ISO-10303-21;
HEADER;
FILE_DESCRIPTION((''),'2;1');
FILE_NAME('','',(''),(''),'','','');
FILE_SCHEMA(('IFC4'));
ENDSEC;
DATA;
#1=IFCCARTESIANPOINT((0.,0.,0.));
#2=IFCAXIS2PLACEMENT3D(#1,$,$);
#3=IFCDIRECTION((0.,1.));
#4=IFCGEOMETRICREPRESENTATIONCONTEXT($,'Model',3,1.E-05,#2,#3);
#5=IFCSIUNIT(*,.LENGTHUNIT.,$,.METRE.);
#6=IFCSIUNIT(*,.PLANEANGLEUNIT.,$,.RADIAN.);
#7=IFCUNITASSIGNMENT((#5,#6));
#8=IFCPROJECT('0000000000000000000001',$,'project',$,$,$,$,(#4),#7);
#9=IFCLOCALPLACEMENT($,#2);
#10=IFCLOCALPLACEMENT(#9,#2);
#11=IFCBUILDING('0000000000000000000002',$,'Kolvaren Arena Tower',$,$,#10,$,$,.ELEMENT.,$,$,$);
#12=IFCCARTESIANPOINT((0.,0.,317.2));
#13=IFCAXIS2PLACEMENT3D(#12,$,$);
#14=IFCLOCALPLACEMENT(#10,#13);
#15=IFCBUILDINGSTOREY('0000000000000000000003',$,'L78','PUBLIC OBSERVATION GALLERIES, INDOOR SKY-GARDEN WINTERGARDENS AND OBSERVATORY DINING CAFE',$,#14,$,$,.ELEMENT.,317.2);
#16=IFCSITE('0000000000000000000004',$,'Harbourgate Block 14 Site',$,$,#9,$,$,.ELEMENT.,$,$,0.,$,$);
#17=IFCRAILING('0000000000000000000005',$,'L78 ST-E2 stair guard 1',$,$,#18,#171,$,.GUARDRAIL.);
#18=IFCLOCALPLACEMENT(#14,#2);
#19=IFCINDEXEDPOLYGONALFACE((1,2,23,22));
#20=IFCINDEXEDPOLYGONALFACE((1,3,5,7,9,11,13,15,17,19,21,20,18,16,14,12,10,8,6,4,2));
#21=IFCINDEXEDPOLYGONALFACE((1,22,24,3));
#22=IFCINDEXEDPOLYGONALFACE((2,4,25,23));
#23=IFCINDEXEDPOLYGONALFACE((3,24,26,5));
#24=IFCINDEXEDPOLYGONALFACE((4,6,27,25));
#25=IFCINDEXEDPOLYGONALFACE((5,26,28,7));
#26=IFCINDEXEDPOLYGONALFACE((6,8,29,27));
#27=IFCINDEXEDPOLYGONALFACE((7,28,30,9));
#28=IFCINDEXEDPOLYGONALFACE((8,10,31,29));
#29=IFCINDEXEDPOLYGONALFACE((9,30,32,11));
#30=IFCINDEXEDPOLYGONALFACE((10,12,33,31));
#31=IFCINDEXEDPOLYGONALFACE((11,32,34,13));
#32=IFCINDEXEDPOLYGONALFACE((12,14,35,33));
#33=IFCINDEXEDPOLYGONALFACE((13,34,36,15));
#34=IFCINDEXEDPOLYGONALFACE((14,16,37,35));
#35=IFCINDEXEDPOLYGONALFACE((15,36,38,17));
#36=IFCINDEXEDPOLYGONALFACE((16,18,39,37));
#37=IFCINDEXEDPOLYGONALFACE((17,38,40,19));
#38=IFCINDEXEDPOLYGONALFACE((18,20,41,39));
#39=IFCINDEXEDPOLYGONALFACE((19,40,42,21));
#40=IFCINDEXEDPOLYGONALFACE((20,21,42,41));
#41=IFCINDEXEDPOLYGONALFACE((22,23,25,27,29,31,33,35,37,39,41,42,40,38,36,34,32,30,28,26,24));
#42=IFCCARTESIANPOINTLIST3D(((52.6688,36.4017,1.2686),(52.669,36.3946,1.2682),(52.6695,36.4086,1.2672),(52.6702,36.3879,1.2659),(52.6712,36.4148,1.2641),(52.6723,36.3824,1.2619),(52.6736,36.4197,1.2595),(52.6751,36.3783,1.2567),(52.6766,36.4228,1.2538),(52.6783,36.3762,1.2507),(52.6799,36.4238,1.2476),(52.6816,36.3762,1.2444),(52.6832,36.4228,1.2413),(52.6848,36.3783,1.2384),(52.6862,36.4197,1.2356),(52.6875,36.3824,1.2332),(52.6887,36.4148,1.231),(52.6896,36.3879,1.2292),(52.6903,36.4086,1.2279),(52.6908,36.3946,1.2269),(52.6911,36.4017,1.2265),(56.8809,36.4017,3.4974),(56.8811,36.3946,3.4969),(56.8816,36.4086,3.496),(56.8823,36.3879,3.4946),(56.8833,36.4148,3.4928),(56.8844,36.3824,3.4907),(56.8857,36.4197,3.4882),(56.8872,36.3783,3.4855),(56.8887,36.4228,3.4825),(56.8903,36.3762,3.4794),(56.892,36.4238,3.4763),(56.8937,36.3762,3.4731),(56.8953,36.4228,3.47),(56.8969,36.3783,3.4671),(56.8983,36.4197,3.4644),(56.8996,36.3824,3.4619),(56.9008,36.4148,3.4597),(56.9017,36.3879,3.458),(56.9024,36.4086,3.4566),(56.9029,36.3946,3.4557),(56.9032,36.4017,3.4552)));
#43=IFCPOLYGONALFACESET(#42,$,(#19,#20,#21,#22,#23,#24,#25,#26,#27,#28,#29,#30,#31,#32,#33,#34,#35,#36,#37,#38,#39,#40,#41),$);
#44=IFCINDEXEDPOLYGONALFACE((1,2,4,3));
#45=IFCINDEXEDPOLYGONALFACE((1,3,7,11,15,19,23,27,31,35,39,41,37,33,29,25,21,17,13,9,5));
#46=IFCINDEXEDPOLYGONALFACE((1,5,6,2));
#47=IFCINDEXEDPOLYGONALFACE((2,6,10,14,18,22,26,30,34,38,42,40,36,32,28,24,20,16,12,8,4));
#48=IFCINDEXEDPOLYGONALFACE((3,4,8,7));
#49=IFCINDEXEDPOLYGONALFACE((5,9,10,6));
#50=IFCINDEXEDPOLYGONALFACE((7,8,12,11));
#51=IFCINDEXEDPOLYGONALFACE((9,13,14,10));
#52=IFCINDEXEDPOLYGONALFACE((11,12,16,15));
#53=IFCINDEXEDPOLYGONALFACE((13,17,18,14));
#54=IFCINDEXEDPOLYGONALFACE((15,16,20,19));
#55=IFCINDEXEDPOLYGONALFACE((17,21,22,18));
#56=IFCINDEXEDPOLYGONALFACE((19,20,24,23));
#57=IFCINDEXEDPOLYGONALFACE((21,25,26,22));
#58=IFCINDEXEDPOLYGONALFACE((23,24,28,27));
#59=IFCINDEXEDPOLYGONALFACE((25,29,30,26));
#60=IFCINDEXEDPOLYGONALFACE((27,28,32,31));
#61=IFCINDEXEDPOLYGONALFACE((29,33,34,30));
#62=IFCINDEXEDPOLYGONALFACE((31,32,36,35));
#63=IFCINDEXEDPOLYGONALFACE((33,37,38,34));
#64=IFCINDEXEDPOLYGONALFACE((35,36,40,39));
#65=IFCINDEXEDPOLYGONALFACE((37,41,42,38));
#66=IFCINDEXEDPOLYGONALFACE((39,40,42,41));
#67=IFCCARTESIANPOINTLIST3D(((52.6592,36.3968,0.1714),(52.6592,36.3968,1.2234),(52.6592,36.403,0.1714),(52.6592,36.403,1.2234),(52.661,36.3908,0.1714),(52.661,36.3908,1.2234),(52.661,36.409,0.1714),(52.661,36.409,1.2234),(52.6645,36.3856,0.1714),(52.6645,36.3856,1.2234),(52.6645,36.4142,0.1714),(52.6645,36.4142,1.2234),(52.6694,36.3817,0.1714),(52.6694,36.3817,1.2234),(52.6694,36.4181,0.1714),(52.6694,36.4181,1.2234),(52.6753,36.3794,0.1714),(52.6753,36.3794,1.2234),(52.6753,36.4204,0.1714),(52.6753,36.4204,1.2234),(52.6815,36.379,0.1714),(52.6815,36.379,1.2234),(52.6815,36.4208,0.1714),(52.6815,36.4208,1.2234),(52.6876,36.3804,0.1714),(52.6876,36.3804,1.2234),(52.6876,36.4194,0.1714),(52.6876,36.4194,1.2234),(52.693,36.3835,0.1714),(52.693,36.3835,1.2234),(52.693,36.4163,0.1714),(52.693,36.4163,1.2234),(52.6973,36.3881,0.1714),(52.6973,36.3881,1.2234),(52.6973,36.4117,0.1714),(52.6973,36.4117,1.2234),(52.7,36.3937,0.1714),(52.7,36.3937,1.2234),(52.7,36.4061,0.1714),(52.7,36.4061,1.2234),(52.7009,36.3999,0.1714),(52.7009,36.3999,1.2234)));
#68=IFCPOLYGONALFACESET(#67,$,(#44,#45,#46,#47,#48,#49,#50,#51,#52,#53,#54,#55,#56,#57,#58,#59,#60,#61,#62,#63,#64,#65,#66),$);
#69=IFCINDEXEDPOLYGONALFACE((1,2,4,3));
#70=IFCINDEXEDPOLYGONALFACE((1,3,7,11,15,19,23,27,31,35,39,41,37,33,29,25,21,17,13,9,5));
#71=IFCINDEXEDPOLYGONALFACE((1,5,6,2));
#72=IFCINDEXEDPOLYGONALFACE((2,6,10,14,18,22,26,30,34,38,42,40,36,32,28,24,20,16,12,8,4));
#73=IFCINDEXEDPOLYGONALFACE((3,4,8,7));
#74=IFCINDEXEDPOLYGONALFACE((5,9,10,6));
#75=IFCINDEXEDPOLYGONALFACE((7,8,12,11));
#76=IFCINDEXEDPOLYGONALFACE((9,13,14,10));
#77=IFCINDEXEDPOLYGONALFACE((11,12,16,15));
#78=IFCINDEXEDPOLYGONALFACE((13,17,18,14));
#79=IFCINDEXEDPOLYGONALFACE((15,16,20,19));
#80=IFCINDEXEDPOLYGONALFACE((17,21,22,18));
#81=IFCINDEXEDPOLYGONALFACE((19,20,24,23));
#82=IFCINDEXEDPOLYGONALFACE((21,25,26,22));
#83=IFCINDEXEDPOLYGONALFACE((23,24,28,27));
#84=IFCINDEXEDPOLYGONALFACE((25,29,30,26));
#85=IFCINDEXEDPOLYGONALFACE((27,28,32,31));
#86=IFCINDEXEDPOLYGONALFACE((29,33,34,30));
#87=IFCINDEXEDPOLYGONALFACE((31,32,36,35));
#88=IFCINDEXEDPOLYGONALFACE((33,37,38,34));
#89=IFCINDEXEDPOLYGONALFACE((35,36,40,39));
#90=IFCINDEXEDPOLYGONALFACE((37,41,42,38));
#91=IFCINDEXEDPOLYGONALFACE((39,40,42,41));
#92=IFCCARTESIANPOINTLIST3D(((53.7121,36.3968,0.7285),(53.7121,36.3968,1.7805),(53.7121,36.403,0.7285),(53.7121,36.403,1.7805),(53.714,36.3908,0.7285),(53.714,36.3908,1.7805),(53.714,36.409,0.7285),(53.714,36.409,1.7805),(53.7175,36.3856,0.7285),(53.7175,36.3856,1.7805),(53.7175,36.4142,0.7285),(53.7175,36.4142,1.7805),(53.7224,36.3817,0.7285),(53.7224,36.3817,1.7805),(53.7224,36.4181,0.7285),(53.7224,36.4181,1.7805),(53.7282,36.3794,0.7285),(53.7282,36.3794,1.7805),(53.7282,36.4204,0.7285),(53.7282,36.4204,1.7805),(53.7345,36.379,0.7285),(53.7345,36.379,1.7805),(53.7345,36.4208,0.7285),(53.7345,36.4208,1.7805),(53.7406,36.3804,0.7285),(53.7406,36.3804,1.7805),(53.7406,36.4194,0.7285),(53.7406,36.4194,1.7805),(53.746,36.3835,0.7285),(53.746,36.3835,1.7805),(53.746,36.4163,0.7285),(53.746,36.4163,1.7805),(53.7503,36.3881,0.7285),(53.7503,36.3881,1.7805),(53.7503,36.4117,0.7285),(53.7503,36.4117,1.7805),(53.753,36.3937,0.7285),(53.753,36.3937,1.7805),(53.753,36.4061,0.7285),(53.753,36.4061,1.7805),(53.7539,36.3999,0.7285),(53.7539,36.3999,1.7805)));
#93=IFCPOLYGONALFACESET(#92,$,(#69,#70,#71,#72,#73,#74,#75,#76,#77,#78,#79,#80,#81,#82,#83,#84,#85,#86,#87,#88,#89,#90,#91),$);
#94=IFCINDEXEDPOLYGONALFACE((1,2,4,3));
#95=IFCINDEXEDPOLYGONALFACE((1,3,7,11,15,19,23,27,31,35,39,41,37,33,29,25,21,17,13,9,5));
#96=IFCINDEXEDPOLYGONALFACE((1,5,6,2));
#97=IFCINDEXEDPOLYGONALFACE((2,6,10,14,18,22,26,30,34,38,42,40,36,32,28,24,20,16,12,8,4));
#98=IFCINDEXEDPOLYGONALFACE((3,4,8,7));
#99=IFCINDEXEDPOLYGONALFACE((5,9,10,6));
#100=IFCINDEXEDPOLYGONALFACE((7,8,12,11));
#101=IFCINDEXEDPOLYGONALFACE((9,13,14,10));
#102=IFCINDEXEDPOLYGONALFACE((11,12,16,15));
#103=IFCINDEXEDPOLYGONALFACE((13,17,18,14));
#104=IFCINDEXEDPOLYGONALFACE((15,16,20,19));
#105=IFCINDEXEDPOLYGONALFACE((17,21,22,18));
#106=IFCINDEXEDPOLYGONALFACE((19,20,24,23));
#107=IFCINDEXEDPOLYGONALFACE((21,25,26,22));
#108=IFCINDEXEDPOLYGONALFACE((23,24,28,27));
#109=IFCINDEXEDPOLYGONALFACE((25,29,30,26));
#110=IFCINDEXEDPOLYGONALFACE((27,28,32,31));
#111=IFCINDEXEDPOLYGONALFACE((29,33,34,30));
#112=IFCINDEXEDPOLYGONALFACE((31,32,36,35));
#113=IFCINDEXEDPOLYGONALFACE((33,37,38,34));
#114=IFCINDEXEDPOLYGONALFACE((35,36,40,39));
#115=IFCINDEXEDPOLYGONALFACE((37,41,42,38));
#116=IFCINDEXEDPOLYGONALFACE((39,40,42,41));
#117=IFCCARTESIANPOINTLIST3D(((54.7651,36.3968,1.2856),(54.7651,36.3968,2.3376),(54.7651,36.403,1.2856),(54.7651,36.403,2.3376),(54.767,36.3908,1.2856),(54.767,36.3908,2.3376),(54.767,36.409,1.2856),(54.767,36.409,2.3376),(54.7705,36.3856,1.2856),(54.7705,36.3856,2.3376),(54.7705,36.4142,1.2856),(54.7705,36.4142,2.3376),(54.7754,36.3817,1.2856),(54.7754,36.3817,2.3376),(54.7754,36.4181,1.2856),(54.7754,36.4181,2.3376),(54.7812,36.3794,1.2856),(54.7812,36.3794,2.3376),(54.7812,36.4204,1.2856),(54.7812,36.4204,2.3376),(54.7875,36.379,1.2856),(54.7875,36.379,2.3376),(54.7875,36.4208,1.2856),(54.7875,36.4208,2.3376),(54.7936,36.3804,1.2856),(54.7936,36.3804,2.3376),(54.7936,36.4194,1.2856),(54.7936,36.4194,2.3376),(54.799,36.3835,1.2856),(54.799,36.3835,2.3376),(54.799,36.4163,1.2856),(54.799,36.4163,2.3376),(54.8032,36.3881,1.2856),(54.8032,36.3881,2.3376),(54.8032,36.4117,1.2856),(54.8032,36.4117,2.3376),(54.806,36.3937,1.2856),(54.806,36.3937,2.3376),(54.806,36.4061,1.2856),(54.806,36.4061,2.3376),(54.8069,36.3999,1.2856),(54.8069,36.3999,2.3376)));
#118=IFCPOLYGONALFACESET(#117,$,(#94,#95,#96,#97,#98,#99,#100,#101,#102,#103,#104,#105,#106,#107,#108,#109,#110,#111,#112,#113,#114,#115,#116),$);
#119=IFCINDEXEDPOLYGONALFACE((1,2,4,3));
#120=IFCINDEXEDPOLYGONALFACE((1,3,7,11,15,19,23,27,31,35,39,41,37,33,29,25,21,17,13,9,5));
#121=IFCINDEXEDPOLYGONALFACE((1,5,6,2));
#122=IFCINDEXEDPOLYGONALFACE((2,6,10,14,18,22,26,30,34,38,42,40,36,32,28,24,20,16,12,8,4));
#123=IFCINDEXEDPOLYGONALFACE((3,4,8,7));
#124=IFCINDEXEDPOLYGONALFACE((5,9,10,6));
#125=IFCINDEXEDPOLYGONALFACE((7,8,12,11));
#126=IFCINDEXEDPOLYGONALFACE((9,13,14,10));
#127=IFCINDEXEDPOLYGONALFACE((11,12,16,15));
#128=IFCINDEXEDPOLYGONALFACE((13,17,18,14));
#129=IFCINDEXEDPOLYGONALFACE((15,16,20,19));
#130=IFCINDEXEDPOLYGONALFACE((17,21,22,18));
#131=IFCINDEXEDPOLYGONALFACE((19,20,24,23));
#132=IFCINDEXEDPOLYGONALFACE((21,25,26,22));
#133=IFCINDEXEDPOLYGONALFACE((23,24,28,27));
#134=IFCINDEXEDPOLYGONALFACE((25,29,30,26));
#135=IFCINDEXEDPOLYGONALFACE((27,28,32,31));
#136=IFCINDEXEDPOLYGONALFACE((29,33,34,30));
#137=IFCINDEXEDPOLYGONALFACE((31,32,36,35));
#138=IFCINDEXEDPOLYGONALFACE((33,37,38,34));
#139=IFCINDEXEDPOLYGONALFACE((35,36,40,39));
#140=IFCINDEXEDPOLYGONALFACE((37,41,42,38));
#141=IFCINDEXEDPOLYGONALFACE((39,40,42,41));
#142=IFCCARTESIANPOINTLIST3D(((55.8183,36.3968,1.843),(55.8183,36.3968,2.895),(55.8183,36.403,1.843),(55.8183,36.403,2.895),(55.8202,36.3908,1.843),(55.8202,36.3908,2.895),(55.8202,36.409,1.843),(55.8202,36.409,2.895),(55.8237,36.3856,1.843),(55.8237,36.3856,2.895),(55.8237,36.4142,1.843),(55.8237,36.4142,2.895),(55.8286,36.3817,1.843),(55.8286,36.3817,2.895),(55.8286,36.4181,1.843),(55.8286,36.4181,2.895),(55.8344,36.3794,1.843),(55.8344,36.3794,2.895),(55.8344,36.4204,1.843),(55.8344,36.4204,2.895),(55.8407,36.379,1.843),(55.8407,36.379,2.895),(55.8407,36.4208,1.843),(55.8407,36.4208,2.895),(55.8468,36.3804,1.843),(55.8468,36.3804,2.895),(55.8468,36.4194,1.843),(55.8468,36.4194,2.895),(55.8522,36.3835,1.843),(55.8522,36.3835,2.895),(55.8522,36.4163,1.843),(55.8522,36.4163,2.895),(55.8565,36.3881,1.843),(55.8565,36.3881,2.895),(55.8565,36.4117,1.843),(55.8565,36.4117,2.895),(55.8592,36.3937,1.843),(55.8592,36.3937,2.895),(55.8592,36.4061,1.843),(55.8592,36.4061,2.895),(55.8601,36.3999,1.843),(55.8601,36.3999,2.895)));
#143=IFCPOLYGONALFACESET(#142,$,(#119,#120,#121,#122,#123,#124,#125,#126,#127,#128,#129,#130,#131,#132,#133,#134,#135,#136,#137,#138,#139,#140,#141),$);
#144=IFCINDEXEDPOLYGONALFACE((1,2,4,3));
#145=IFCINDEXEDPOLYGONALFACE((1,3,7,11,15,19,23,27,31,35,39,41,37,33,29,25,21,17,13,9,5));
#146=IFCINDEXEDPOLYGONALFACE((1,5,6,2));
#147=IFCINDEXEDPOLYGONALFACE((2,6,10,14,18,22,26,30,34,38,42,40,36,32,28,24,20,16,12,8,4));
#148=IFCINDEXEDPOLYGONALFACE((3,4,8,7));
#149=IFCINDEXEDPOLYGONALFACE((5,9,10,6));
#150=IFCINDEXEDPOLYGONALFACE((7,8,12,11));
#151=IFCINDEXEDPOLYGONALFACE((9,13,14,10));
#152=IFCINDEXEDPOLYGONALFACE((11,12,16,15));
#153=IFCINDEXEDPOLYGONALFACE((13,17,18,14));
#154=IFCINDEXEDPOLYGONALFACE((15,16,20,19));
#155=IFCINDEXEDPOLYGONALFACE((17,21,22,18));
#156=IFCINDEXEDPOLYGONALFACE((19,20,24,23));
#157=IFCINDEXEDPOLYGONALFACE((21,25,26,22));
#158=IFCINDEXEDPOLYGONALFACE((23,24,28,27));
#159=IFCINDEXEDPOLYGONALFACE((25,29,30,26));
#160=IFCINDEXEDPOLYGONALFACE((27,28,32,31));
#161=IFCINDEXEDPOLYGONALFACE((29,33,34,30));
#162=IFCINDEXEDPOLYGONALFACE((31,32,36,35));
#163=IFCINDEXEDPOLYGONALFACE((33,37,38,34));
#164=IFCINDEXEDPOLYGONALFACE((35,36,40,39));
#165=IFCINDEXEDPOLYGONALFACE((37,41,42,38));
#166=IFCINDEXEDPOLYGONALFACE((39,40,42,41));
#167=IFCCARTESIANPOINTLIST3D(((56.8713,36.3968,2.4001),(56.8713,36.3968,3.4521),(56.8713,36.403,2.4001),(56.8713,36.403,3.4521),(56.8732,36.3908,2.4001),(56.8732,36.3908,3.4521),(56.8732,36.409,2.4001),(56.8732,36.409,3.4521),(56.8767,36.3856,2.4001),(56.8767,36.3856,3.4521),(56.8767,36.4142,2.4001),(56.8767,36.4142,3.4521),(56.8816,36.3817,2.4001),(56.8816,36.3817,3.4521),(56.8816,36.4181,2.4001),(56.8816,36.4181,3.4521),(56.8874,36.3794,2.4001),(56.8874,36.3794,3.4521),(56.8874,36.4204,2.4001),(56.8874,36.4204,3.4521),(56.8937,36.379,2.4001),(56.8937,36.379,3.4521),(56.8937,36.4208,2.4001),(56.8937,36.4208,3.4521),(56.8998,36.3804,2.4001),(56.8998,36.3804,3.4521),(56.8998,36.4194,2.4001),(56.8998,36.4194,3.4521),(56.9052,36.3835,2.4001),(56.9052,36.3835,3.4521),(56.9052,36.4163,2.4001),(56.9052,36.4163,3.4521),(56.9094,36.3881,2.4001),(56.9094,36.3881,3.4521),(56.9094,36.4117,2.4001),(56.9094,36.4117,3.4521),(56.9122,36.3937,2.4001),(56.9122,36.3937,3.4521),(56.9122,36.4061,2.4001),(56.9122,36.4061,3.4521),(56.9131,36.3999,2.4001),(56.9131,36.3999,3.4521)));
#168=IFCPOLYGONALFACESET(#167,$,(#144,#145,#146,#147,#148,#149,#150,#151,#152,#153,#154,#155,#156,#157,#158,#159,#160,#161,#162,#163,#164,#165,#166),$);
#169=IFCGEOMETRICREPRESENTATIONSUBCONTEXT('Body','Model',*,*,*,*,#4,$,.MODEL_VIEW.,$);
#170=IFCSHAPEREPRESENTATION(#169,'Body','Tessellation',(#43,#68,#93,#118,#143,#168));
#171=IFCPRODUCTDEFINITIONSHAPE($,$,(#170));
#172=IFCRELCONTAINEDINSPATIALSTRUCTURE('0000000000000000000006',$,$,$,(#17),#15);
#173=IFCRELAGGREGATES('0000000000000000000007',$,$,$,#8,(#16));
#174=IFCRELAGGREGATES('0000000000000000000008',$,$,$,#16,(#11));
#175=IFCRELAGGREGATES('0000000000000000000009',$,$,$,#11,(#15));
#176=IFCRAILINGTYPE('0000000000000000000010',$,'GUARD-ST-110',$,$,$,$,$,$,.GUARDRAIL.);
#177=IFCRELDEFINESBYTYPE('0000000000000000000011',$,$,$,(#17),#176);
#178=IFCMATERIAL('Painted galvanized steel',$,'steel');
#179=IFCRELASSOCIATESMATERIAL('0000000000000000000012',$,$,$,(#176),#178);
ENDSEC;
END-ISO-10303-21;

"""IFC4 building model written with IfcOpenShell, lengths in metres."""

from ifc_helpers import new_model, si_unit, direction, frame, origin, origin_2d, place, context, subcontext, project, spatial, circle, extrude, material, type_object, element, save


model = new_model("IFC4")

# Units and contexts
model_context = context("Model", 3, precision=1e-05, world=origin(), true_north=direction((0.0, 1.0)))
body_context = subcontext(model_context, "Body", "Model", "MODEL_VIEW")
ifc_project = project(units=[si_unit("LENGTHUNIT", "METRE"), si_unit("PLANEANGLEUNIT", "RADIAN")], contexts=[model_context])

# Site, building, storey
site_placement = place(None, origin())
site = spatial("IfcSite", under=ifc_project, at=site_placement, Name="Harbourgate Block 14 Site", CompositionType="ELEMENT", RefElevation=0.0)
building_placement = place(site_placement, origin())
building = spatial("IfcBuilding", under=site, at=building_placement, Name="Kolvaren Arena Tower", CompositionType="ELEMENT")
storey_placement = place(building_placement, frame((0.0, 0.0, 317.2)))
storey = spatial("IfcBuildingStorey", under=building, at=storey_placement, Name="L78", Description="PUBLIC OBSERVATION GALLERIES, INDOOR SKY-GARDEN WINTERGARDENS AND OBSERVATORY DINING CAFE", CompositionType="ELEMENT", Elevation=317.2)

# Railing
ifc_material_1 = material(Name="Painted galvanized steel", Category="steel")
railing_type_1 = type_object("IfcRailingType", Name="GUARD-ST-110", PredefinedType="GUARDRAIL", material=ifc_material_1)
railing_1_placement = place(storey_placement, frame((52.6799, 36.3999, 0.1714)))
element("IfcRailing", 1, at=railing_1_placement, inside=storey, type_object=railing_type_1, Name="L78 ST-E2 stair guard 1", PredefinedType="GUARDRAIL", context=body_context, shape_type="SweptSolid", body=[
    extrude(circle(Radius=0.0239, at=origin_2d()), frame((0.0, 0.0, 1.0762), z_axis=(0.883893, 0.0, 0.46769), x_axis=(0.0, 1.0, 0.0)), (0.0, 0.0, 1.0), 4.7654),
    extrude(circle(Radius=0.021, at=origin_2d()), origin(), (0.0, 0.0, 1.0), 1.052),
    extrude(circle(Radius=0.021, at=origin_2d()), frame((1.053, 0.0, 0.5571)), (0.0, 0.0, 1.0), 1.052),
    extrude(circle(Radius=0.021, at=origin_2d()), frame((2.106, 0.0, 1.1143)), (0.0, 0.0, 1.0), 1.052),
    extrude(circle(Radius=0.021, at=origin_2d()), frame((3.1592, 0.0, 1.6716)), (0.0, 0.0, 1.0), 1.052),
    extrude(circle(Radius=0.021, at=origin_2d()), frame((4.2122, 0.0, 2.2288)), (0.0, 0.0, 1.0), 1.052),
])

save(model, "model.ifc")
